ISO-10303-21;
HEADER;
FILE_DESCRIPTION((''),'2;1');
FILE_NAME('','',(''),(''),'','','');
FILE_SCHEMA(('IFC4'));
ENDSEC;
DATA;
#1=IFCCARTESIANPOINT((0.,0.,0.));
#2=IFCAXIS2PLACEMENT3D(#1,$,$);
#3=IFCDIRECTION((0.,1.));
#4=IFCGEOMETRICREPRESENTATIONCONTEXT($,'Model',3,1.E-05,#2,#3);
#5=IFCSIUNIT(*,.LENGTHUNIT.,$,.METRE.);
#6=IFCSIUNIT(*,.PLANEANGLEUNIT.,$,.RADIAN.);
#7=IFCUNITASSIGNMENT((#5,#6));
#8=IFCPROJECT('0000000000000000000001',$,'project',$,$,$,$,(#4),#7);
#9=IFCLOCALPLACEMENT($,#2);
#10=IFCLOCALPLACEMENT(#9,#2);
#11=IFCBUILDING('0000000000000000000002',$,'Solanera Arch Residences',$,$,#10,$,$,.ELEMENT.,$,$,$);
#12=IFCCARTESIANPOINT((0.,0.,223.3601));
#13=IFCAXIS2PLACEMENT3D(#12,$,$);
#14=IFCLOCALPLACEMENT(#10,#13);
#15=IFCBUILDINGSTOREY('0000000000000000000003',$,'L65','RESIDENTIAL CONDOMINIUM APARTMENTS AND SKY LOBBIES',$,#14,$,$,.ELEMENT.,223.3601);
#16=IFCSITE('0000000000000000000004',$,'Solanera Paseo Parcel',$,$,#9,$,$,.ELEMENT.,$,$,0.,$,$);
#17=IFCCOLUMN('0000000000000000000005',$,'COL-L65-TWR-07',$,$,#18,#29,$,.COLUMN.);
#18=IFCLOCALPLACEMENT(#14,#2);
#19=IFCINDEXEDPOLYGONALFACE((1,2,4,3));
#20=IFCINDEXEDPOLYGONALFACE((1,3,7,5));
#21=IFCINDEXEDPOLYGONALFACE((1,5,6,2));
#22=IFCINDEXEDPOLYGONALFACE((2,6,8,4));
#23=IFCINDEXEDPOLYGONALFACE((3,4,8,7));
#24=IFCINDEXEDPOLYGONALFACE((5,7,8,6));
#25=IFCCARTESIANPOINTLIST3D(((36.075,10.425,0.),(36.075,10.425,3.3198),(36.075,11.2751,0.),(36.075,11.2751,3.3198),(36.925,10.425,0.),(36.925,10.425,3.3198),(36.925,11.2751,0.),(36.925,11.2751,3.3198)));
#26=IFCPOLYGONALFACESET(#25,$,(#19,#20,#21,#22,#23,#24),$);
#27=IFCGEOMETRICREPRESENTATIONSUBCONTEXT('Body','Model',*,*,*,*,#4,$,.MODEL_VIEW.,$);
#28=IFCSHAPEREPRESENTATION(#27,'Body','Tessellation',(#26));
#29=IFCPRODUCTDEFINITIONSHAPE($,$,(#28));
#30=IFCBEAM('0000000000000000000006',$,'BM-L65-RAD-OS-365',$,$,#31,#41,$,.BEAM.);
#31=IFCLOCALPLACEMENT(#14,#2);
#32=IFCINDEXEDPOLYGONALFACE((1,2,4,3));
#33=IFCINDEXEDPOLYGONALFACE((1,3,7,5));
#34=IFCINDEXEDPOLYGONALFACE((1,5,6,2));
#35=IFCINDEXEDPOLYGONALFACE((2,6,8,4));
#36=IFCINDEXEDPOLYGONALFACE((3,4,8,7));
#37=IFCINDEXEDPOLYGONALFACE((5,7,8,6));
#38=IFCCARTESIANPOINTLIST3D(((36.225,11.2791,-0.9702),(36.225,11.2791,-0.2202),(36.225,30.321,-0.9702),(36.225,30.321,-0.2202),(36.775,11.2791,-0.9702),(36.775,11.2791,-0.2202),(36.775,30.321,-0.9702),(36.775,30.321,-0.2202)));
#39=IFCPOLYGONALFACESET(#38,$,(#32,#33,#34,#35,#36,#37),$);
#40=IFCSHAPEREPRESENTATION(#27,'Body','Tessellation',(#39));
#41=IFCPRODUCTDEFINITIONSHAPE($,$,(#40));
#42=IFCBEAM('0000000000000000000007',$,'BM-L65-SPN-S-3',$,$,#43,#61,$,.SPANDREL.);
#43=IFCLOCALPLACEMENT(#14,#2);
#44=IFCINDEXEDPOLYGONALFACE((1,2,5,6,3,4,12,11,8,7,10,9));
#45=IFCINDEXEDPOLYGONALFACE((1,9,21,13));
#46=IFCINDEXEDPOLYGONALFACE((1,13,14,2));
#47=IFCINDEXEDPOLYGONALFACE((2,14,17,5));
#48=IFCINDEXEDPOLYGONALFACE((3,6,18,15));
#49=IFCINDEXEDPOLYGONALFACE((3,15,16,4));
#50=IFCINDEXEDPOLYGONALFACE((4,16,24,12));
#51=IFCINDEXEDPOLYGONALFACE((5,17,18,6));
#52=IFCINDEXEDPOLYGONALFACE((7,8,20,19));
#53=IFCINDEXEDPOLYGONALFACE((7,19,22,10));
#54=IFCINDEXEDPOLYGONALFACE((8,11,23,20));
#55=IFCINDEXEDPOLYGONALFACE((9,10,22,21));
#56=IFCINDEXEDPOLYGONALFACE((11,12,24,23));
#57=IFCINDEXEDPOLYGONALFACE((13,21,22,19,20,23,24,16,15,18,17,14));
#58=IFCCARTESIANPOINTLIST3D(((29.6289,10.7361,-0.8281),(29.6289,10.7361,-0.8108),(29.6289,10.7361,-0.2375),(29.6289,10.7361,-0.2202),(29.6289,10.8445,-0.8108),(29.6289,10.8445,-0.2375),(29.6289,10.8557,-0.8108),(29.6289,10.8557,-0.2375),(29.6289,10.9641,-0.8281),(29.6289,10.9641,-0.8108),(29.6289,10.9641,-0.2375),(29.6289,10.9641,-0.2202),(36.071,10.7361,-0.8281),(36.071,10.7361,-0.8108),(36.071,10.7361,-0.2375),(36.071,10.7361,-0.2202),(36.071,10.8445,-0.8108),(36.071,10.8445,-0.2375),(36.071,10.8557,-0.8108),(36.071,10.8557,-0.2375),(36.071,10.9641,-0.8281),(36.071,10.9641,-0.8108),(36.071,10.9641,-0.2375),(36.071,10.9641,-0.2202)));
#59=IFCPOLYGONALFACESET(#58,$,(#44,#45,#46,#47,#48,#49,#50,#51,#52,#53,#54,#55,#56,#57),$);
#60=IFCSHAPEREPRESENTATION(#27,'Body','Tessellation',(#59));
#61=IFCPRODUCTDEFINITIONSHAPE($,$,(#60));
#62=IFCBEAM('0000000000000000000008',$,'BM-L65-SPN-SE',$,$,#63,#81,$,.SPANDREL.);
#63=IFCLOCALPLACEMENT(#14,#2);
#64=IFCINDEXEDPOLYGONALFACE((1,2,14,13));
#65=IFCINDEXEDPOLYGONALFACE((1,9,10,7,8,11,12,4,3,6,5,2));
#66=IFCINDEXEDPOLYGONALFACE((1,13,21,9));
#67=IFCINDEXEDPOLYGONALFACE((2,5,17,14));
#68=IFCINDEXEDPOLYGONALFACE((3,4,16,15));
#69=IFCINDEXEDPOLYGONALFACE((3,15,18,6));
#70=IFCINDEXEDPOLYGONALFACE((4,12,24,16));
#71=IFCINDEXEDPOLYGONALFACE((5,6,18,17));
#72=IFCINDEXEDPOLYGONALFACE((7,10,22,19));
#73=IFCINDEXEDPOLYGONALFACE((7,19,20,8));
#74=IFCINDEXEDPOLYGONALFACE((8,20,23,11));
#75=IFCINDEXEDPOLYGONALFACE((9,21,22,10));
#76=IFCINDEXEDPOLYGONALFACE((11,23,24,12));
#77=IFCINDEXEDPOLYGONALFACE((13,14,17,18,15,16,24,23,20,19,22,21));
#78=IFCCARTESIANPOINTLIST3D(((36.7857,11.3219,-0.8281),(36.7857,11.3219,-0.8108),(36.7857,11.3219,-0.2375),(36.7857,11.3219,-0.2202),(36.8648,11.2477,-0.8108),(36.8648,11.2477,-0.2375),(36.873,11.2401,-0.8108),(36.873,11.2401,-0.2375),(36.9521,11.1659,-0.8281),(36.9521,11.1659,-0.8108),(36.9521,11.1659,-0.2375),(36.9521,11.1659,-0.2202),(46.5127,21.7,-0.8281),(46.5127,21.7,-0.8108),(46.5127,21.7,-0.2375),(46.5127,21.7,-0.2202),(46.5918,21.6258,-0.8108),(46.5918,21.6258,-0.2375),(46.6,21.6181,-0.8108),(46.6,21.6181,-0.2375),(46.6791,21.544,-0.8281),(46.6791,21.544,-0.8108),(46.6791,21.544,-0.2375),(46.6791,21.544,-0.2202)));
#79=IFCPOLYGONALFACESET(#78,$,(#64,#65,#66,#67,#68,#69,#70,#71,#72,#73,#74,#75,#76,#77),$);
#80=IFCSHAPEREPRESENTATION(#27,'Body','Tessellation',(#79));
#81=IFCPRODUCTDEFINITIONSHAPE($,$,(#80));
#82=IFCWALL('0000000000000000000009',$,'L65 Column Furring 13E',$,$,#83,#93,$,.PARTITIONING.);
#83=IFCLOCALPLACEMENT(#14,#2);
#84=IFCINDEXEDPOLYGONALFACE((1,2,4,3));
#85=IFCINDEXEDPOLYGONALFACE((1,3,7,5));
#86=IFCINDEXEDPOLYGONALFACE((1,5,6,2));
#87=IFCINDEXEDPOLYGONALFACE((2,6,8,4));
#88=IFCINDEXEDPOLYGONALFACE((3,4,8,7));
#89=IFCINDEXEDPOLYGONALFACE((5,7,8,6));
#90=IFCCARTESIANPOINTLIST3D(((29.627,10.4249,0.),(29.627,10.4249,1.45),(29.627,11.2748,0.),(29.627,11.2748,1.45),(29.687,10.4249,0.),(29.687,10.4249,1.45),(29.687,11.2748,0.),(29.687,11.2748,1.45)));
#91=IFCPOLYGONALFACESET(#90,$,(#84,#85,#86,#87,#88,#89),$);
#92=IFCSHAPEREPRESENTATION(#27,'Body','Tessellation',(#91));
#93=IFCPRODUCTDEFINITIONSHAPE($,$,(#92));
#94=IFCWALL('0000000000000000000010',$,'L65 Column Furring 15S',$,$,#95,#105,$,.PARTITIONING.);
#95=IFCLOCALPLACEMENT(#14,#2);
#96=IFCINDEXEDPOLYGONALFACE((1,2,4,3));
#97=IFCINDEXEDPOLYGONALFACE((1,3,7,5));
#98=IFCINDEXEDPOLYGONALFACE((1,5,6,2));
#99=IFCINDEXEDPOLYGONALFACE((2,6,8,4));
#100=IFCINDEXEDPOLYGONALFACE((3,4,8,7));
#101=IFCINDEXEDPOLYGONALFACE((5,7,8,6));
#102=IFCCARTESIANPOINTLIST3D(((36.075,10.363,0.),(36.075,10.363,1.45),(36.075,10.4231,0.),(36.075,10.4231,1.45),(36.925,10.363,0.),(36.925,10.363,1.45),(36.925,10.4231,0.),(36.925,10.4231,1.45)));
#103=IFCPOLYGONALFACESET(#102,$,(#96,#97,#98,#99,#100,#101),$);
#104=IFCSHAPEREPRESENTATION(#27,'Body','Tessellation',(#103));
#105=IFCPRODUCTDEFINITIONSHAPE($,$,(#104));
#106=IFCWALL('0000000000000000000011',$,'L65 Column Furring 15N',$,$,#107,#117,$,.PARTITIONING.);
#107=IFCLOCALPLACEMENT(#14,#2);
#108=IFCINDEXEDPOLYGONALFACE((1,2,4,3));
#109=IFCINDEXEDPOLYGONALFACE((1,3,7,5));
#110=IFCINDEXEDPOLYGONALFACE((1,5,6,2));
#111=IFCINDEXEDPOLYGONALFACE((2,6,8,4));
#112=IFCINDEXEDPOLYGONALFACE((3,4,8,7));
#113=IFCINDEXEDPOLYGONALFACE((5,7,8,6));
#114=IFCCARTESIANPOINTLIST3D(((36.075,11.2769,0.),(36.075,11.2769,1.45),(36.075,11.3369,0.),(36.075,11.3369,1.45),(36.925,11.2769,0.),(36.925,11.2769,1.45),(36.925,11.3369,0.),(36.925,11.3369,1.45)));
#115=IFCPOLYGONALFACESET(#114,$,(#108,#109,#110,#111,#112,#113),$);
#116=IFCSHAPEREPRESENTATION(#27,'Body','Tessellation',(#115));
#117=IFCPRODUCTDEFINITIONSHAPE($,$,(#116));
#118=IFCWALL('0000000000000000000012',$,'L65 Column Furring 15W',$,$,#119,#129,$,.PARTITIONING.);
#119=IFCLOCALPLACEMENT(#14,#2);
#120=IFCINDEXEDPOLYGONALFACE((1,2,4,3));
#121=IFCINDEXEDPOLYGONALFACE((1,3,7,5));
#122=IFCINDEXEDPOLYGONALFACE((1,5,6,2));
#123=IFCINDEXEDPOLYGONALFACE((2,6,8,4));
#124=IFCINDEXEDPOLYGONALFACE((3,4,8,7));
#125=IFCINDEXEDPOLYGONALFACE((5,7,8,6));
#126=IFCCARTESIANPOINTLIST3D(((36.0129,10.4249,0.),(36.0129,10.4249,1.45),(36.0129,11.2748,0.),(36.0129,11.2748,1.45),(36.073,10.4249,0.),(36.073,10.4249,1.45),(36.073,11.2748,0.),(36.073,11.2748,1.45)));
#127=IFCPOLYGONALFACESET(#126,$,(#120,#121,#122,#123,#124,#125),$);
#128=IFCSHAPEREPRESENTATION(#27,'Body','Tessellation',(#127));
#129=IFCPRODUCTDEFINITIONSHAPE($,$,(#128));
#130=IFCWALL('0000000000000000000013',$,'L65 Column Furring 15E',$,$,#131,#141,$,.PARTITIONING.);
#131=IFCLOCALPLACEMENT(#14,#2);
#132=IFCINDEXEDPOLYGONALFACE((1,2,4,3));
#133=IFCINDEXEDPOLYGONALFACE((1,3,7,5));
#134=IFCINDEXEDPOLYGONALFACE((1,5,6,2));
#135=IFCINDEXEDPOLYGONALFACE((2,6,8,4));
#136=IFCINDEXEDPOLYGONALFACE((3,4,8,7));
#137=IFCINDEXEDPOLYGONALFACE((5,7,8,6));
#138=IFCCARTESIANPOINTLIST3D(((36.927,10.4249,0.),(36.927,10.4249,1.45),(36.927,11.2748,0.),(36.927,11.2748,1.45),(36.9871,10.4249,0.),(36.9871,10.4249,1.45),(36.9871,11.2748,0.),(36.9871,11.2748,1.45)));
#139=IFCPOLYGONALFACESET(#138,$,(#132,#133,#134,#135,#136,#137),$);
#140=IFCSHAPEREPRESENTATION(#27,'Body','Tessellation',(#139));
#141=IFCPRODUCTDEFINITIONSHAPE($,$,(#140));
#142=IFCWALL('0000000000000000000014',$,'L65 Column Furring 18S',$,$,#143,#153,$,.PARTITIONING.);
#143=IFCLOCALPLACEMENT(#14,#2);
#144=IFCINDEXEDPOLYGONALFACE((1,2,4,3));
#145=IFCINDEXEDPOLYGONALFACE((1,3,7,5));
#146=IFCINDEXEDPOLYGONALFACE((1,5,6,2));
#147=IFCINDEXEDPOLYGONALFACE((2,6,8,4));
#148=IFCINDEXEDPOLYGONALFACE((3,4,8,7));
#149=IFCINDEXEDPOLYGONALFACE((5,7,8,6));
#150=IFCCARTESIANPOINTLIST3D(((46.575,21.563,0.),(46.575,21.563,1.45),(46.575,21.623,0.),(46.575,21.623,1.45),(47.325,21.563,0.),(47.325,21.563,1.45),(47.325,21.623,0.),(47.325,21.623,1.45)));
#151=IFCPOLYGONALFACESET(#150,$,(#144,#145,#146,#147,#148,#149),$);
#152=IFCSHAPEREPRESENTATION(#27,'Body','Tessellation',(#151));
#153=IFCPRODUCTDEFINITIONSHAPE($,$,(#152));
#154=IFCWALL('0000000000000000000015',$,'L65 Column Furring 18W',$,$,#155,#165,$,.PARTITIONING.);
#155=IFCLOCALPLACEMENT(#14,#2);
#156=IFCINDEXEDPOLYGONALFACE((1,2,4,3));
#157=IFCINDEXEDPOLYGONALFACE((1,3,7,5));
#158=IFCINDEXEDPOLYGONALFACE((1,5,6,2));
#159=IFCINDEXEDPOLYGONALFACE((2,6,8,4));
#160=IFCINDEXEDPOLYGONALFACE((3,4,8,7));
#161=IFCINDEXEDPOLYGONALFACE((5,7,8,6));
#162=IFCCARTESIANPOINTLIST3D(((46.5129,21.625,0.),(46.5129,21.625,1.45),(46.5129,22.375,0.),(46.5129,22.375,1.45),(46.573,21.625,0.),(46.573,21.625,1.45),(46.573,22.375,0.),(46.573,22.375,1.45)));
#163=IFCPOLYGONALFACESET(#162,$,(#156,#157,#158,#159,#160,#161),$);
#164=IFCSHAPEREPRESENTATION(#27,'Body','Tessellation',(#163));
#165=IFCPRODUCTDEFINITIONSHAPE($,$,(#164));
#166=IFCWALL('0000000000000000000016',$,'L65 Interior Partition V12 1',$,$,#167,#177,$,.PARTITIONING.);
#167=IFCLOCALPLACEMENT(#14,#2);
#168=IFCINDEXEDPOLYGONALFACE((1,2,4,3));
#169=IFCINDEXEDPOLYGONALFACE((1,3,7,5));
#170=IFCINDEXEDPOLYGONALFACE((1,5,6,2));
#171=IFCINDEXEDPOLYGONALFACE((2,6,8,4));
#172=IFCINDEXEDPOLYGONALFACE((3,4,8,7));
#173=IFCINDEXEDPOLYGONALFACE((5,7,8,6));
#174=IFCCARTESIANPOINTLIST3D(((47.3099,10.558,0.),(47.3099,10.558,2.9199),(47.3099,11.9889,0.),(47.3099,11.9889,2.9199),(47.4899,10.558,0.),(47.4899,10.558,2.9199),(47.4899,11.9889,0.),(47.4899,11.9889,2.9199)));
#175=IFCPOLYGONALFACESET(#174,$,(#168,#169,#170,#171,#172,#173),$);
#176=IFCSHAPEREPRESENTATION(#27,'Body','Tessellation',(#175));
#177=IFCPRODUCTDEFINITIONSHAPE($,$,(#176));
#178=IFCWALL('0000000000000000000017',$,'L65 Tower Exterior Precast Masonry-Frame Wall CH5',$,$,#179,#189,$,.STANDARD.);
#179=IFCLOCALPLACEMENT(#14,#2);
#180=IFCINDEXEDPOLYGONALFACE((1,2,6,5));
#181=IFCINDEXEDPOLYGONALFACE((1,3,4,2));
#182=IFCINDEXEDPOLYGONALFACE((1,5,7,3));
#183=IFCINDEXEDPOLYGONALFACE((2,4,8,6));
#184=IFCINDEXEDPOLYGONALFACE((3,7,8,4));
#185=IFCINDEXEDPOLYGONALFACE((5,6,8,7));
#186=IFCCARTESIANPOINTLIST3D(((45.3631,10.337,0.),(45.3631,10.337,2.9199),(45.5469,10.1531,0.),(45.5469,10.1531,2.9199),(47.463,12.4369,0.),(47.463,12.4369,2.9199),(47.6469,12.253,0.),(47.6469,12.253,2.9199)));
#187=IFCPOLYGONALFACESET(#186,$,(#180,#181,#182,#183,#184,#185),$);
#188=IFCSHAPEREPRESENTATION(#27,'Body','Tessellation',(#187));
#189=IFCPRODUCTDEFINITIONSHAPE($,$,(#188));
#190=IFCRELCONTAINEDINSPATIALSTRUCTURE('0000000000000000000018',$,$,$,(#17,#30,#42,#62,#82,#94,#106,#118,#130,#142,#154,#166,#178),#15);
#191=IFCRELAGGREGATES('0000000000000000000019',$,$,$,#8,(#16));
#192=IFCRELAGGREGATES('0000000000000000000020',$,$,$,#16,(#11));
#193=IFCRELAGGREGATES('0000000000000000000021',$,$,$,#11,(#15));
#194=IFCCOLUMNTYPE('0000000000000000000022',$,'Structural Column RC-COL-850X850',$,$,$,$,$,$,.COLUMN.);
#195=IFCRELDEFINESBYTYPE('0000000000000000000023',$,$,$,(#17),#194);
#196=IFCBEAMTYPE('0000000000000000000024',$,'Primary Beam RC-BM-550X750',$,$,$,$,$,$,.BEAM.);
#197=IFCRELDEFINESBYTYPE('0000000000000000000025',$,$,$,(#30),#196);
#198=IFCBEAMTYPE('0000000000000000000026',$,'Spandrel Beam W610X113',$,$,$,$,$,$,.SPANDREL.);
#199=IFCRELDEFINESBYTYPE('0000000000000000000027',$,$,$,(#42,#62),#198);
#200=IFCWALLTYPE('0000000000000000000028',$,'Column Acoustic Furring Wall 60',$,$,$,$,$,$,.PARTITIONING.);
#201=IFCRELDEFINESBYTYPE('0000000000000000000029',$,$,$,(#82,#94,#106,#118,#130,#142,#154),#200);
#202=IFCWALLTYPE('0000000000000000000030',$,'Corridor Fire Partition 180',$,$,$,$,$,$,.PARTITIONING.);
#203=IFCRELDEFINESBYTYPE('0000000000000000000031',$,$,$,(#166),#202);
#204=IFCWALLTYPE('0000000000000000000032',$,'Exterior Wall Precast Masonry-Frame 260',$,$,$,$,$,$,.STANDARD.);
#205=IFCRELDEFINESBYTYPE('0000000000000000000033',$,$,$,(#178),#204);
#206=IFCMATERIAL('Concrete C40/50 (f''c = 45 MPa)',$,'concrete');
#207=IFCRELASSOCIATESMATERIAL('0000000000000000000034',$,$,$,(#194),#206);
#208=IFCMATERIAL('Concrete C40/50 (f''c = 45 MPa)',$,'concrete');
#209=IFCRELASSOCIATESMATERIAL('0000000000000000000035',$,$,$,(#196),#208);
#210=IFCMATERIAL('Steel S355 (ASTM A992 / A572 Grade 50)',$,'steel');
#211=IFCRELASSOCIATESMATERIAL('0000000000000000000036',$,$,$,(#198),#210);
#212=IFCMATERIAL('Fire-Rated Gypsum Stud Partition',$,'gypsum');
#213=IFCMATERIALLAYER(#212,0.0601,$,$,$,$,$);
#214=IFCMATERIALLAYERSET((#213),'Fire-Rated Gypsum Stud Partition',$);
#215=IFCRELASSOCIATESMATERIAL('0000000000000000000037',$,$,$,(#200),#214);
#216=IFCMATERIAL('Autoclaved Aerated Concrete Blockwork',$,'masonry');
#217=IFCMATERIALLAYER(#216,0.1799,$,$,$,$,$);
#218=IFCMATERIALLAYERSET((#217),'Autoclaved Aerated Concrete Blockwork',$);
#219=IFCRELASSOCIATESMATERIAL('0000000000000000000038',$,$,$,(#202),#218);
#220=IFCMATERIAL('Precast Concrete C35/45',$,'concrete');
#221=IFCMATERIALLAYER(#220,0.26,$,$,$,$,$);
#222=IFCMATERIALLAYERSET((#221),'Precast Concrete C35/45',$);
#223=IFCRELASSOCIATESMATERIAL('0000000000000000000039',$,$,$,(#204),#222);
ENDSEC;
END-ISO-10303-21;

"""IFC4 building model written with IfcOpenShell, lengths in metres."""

from ifc_helpers import new_model, si_unit, direction, frame, frame_2d, origin, origin_2d, place, context, subcontext, project, spatial, rectangle, i_section, extrude, material, layer, layer_set, material_profile, profile_set, type_object, element, save


model = new_model("IFC4")

# Units and contexts
model_context = context("Model", 3, precision=1e-05, world=origin(), true_north=direction((0.0, 1.0)))
body_context = subcontext(model_context, "Body", "Model", "MODEL_VIEW")
ifc_project = project(units=[si_unit("LENGTHUNIT", "METRE"), si_unit("PLANEANGLEUNIT", "RADIAN")], contexts=[model_context])

# Site, building, storey
site_placement = place(None, origin())
site = spatial("IfcSite", under=ifc_project, at=site_placement, Name="Solanera Paseo Parcel", CompositionType="ELEMENT", RefElevation=0.0)
building_placement = place(site_placement, origin())
building = spatial("IfcBuilding", under=site, at=building_placement, Name="Solanera Arch Residences", CompositionType="ELEMENT")
storey_placement = place(building_placement, frame((0.0, 0.0, 223.3601)))
storey = spatial("IfcBuildingStorey", under=building, at=storey_placement, Name="L65", Description="RESIDENTIAL CONDOMINIUM APARTMENTS AND SKY LOBBIES", CompositionType="ELEMENT", Elevation=223.3601)

# Column
ifc_material_1 = material(Name="Concrete C40/50 (f'c = 45 MPa)", Category="concrete")
ifc_material_profile_1 = material_profile(ifc_material_1, rectangle(XDim=0.8501, YDim=0.8501, at=origin_2d()))
ifc_profile_set_1 = profile_set([ifc_material_profile_1], Name="Concrete C40/50 (f'c = 45 MPa)")
column_type = type_object("IfcColumnType", Name="Structural Column RC-COL-850X850", PredefinedType="COLUMN", material=ifc_profile_set_1)
column_placement = place(storey_placement, frame((36.5, 10.8501, 0.0), z_axis=(0.0, 0.0, 1.0), x_axis=(1.0, 0.0, 0.0)))
element("IfcColumn", 1, at=column_placement, inside=storey, type_object=column_type, Name="COL-L65-TWR-07", PredefinedType="COLUMN", context=body_context, shape_type="SweptSolid", body=[
    extrude(rectangle(XDim=0.8501, YDim=0.8501, at=origin_2d()), origin(), (0.0, 0.0, 1.0), 3.3198),
])

# Beams
ifc_material_2 = material(Name="Concrete C40/50 (f'c = 45 MPa)", Category="concrete")
ifc_material_profile_2 = material_profile(ifc_material_2, rectangle(XDim=0.55, YDim=0.75, at=origin_2d()))
ifc_profile_set_2 = profile_set([ifc_material_profile_2], Name="Concrete C40/50 (f'c = 45 MPa)")
beam_type_1 = type_object("IfcBeamType", Name="Primary Beam RC-BM-550X750", PredefinedType="BEAM", material=ifc_profile_set_2)
beam_1_placement = place(storey_placement, frame((36.5, 11.2791, -0.5952), z_axis=(0.0, 1.0, 0.0), x_axis=(-1.0, 0.0, 0.0)))
element("IfcBeam", 2, at=beam_1_placement, inside=storey, type_object=beam_type_1, Name="BM-L65-RAD-OS-365", PredefinedType="BEAM", context=body_context, shape_type="SweptSolid", body=[
    extrude(rectangle(XDim=0.55, YDim=0.75, at=origin_2d()), origin(), (0.0, 0.0, 1.0), 19.042),
])
ifc_material_3 = material(Name="Steel S355 (ASTM A992 / A572 Grade 50)", Category="steel")
ifc_material_profile_3 = material_profile(ifc_material_3, i_section(OverallWidth=0.228, OverallDepth=0.6079, WebThickness=0.0112, FlangeThickness=0.0173, at=origin_2d()))
ifc_profile_set_3 = profile_set([ifc_material_profile_3], Name="Steel S355 (ASTM A992 / A572 Grade 50)")
beam_type_2 = type_object("IfcBeamType", Name="Spandrel Beam W610X113", PredefinedType="SPANDREL", material=ifc_profile_set_3)
beam_2_placement = place(storey_placement, frame((29.6289, 10.8501, -0.5242), z_axis=(1.0, 0.0, 0.0), x_axis=(0.0, 1.0, 0.0)))
element("IfcBeam", 3, at=beam_2_placement, inside=storey, type_object=beam_type_2, Name="BM-L65-SPN-S-3", PredefinedType="SPANDREL", context=body_context, shape_type="SweptSolid", body=[
    extrude(i_section(OverallWidth=0.228, OverallDepth=0.6079, WebThickness=0.0112, FlangeThickness=0.0173, at=origin_2d()), origin(), (0.0, 0.0, 1.0), 6.4421),
])
beam_3_placement = place(storey_placement, frame((36.8689, 11.2439, -0.5242), z_axis=(0.683848, 0.729624, 0.0), x_axis=(-0.729624, 0.683848, 0.0)))
element("IfcBeam", 4, at=beam_3_placement, inside=storey, type_object=beam_type_2, Name="BM-L65-SPN-SE", PredefinedType="SPANDREL", context=body_context, shape_type="SweptSolid", body=[
    extrude(i_section(OverallWidth=0.228, OverallDepth=0.6079, WebThickness=0.0112, FlangeThickness=0.0173, at=origin_2d()), origin(), (0.0, 0.0, 1.0), 14.2239),
])

# Walls
ifc_material_4 = material(Name="Fire-Rated Gypsum Stud Partition", Category="gypsum")
ifc_layer_1 = layer(ifc_material_4, 0.0601)
ifc_layer_set_1 = layer_set([ifc_layer_1], Name="Fire-Rated Gypsum Stud Partition")
wall_type_1 = type_object("IfcWallType", Name="Column Acoustic Furring Wall 60", PredefinedType="PARTITIONING", material=ifc_layer_set_1)
wall_1_placement = place(storey_placement, frame((29.657, 10.425, 0.0), z_axis=(0.0, 0.0, 1.0), x_axis=(0.0, 1.0, 0.0)))
element("IfcWall", 5, at=wall_1_placement, inside=storey, type_object=wall_type_1, Name="L65 Column Furring 13E", PredefinedType="PARTITIONING", context=body_context, shape_type="SweptSolid", body=[
    extrude(rectangle(XDim=0.8499, YDim=0.0601, at=frame_2d((0.4248, 0.0))), origin(), (0.0, 0.0, 1.0), 1.45),
])
for number, where, z_axis, x_axis, name in (
    (6, (36.075, 10.3931, 0.0), (0.0, 0.0, 1.0), (1.0, 0.0, 0.0), "L65 Column Furring 15S"),
    (7, (36.075, 11.3069, 0.0), (0.0, 0.0, 1.0), (1.0, 0.0, 0.0), "L65 Column Furring 15N"),
):
    element("IfcWall", number, at=place(storey_placement, frame(where, z_axis=z_axis, x_axis=x_axis)), inside=storey, type_object=wall_type_1, Name=name, PredefinedType="PARTITIONING", context=body_context, shape_type="SweptSolid", body=[
        extrude(rectangle(XDim=0.8501, YDim=0.0601, at=frame_2d((0.425, 0.0))), origin(), (0.0, 0.0, 1.0), 1.45),
    ])
for number, where, z_axis, x_axis, name in (
    (8, (36.043, 10.425, 0.0), (0.0, 0.0, 1.0), (0.0, 1.0, 0.0), "L65 Column Furring 15W"),
    (9, (36.957, 10.425, 0.0), (0.0, 0.0, 1.0), (0.0, 1.0, 0.0), "L65 Column Furring 15E"),
):
    element("IfcWall", number, at=place(storey_placement, frame(where, z_axis=z_axis, x_axis=x_axis)), inside=storey, type_object=wall_type_1, Name=name, PredefinedType="PARTITIONING", context=body_context, shape_type="SweptSolid", body=[
        extrude(rectangle(XDim=0.8499, YDim=0.0601, at=frame_2d((0.4248, 0.0))), origin(), (0.0, 0.0, 1.0), 1.45),
    ])
for number, where, z_axis, x_axis, name in (
    (10, (46.575, 21.593, 0.0), (0.0, 0.0, 1.0), (1.0, 0.0, 0.0), "L65 Column Furring 18S"),
    (11, (46.543, 21.625, 0.0), (0.0, 0.0, 1.0), (0.0, 1.0, 0.0), "L65 Column Furring 18W"),
):
    element("IfcWall", number, at=place(storey_placement, frame(where, z_axis=z_axis, x_axis=x_axis)), inside=storey, type_object=wall_type_1, Name=name, PredefinedType="PARTITIONING", context=body_context, shape_type="SweptSolid", body=[
        extrude(rectangle(XDim=0.75, YDim=0.0601, at=frame_2d((0.375, 0.0))), origin(), (0.0, 0.0, 1.0), 1.45),
    ])
ifc_material_5 = material(Name="Autoclaved Aerated Concrete Blockwork", Category="masonry")
ifc_layer_2 = layer(ifc_material_5, 0.1799)
ifc_layer_set_2 = layer_set([ifc_layer_2], Name="Autoclaved Aerated Concrete Blockwork")
wall_type_2 = type_object("IfcWallType", Name="Corridor Fire Partition 180", PredefinedType="PARTITIONING", material=ifc_layer_set_2)
wall_2_placement = place(storey_placement, frame((47.3999, 10.5581, 0.0), z_axis=(0.0, 0.0, 1.0), x_axis=(0.0, 1.0, 0.0)))
element("IfcWall", 12, at=wall_2_placement, inside=storey, type_object=wall_type_2, Name="L65 Interior Partition V12 1", PredefinedType="PARTITIONING", context=body_context, shape_type="SweptSolid", body=[
    extrude(rectangle(XDim=1.4309, YDim=0.1799, at=frame_2d((0.7153, 0.0))), origin(), (0.0, 0.0, 1.0), 2.9199),
])
ifc_material_6 = material(Name="Precast Concrete C35/45", Category="concrete")
ifc_layer_3 = layer(ifc_material_6, 0.26)
ifc_layer_set_3 = layer_set([ifc_layer_3], Name="Precast Concrete C35/45")
wall_type_3 = type_object("IfcWallType", Name="Exterior Wall Precast Masonry-Frame 260", PredefinedType="STANDARD", material=ifc_layer_set_3)
wall_3_placement = place(storey_placement, frame((47.5549, 12.345, 0.0), z_axis=(0.0, 0.0, 1.0), x_axis=(-0.707107, -0.707107, 0.0)))
element("IfcWall", 13, at=wall_3_placement, inside=storey, type_object=wall_type_3, Name="L65 Tower Exterior Precast Masonry-Frame Wall CH5", PredefinedType="STANDARD", context=body_context, shape_type="SweptSolid", body=[
    extrude(rectangle(XDim=2.9697, YDim=0.26, at=frame_2d((1.4849, 0.0))), origin(), (0.0, 0.0, 1.0), 2.9199),
])

save(model, "model.ifc")
